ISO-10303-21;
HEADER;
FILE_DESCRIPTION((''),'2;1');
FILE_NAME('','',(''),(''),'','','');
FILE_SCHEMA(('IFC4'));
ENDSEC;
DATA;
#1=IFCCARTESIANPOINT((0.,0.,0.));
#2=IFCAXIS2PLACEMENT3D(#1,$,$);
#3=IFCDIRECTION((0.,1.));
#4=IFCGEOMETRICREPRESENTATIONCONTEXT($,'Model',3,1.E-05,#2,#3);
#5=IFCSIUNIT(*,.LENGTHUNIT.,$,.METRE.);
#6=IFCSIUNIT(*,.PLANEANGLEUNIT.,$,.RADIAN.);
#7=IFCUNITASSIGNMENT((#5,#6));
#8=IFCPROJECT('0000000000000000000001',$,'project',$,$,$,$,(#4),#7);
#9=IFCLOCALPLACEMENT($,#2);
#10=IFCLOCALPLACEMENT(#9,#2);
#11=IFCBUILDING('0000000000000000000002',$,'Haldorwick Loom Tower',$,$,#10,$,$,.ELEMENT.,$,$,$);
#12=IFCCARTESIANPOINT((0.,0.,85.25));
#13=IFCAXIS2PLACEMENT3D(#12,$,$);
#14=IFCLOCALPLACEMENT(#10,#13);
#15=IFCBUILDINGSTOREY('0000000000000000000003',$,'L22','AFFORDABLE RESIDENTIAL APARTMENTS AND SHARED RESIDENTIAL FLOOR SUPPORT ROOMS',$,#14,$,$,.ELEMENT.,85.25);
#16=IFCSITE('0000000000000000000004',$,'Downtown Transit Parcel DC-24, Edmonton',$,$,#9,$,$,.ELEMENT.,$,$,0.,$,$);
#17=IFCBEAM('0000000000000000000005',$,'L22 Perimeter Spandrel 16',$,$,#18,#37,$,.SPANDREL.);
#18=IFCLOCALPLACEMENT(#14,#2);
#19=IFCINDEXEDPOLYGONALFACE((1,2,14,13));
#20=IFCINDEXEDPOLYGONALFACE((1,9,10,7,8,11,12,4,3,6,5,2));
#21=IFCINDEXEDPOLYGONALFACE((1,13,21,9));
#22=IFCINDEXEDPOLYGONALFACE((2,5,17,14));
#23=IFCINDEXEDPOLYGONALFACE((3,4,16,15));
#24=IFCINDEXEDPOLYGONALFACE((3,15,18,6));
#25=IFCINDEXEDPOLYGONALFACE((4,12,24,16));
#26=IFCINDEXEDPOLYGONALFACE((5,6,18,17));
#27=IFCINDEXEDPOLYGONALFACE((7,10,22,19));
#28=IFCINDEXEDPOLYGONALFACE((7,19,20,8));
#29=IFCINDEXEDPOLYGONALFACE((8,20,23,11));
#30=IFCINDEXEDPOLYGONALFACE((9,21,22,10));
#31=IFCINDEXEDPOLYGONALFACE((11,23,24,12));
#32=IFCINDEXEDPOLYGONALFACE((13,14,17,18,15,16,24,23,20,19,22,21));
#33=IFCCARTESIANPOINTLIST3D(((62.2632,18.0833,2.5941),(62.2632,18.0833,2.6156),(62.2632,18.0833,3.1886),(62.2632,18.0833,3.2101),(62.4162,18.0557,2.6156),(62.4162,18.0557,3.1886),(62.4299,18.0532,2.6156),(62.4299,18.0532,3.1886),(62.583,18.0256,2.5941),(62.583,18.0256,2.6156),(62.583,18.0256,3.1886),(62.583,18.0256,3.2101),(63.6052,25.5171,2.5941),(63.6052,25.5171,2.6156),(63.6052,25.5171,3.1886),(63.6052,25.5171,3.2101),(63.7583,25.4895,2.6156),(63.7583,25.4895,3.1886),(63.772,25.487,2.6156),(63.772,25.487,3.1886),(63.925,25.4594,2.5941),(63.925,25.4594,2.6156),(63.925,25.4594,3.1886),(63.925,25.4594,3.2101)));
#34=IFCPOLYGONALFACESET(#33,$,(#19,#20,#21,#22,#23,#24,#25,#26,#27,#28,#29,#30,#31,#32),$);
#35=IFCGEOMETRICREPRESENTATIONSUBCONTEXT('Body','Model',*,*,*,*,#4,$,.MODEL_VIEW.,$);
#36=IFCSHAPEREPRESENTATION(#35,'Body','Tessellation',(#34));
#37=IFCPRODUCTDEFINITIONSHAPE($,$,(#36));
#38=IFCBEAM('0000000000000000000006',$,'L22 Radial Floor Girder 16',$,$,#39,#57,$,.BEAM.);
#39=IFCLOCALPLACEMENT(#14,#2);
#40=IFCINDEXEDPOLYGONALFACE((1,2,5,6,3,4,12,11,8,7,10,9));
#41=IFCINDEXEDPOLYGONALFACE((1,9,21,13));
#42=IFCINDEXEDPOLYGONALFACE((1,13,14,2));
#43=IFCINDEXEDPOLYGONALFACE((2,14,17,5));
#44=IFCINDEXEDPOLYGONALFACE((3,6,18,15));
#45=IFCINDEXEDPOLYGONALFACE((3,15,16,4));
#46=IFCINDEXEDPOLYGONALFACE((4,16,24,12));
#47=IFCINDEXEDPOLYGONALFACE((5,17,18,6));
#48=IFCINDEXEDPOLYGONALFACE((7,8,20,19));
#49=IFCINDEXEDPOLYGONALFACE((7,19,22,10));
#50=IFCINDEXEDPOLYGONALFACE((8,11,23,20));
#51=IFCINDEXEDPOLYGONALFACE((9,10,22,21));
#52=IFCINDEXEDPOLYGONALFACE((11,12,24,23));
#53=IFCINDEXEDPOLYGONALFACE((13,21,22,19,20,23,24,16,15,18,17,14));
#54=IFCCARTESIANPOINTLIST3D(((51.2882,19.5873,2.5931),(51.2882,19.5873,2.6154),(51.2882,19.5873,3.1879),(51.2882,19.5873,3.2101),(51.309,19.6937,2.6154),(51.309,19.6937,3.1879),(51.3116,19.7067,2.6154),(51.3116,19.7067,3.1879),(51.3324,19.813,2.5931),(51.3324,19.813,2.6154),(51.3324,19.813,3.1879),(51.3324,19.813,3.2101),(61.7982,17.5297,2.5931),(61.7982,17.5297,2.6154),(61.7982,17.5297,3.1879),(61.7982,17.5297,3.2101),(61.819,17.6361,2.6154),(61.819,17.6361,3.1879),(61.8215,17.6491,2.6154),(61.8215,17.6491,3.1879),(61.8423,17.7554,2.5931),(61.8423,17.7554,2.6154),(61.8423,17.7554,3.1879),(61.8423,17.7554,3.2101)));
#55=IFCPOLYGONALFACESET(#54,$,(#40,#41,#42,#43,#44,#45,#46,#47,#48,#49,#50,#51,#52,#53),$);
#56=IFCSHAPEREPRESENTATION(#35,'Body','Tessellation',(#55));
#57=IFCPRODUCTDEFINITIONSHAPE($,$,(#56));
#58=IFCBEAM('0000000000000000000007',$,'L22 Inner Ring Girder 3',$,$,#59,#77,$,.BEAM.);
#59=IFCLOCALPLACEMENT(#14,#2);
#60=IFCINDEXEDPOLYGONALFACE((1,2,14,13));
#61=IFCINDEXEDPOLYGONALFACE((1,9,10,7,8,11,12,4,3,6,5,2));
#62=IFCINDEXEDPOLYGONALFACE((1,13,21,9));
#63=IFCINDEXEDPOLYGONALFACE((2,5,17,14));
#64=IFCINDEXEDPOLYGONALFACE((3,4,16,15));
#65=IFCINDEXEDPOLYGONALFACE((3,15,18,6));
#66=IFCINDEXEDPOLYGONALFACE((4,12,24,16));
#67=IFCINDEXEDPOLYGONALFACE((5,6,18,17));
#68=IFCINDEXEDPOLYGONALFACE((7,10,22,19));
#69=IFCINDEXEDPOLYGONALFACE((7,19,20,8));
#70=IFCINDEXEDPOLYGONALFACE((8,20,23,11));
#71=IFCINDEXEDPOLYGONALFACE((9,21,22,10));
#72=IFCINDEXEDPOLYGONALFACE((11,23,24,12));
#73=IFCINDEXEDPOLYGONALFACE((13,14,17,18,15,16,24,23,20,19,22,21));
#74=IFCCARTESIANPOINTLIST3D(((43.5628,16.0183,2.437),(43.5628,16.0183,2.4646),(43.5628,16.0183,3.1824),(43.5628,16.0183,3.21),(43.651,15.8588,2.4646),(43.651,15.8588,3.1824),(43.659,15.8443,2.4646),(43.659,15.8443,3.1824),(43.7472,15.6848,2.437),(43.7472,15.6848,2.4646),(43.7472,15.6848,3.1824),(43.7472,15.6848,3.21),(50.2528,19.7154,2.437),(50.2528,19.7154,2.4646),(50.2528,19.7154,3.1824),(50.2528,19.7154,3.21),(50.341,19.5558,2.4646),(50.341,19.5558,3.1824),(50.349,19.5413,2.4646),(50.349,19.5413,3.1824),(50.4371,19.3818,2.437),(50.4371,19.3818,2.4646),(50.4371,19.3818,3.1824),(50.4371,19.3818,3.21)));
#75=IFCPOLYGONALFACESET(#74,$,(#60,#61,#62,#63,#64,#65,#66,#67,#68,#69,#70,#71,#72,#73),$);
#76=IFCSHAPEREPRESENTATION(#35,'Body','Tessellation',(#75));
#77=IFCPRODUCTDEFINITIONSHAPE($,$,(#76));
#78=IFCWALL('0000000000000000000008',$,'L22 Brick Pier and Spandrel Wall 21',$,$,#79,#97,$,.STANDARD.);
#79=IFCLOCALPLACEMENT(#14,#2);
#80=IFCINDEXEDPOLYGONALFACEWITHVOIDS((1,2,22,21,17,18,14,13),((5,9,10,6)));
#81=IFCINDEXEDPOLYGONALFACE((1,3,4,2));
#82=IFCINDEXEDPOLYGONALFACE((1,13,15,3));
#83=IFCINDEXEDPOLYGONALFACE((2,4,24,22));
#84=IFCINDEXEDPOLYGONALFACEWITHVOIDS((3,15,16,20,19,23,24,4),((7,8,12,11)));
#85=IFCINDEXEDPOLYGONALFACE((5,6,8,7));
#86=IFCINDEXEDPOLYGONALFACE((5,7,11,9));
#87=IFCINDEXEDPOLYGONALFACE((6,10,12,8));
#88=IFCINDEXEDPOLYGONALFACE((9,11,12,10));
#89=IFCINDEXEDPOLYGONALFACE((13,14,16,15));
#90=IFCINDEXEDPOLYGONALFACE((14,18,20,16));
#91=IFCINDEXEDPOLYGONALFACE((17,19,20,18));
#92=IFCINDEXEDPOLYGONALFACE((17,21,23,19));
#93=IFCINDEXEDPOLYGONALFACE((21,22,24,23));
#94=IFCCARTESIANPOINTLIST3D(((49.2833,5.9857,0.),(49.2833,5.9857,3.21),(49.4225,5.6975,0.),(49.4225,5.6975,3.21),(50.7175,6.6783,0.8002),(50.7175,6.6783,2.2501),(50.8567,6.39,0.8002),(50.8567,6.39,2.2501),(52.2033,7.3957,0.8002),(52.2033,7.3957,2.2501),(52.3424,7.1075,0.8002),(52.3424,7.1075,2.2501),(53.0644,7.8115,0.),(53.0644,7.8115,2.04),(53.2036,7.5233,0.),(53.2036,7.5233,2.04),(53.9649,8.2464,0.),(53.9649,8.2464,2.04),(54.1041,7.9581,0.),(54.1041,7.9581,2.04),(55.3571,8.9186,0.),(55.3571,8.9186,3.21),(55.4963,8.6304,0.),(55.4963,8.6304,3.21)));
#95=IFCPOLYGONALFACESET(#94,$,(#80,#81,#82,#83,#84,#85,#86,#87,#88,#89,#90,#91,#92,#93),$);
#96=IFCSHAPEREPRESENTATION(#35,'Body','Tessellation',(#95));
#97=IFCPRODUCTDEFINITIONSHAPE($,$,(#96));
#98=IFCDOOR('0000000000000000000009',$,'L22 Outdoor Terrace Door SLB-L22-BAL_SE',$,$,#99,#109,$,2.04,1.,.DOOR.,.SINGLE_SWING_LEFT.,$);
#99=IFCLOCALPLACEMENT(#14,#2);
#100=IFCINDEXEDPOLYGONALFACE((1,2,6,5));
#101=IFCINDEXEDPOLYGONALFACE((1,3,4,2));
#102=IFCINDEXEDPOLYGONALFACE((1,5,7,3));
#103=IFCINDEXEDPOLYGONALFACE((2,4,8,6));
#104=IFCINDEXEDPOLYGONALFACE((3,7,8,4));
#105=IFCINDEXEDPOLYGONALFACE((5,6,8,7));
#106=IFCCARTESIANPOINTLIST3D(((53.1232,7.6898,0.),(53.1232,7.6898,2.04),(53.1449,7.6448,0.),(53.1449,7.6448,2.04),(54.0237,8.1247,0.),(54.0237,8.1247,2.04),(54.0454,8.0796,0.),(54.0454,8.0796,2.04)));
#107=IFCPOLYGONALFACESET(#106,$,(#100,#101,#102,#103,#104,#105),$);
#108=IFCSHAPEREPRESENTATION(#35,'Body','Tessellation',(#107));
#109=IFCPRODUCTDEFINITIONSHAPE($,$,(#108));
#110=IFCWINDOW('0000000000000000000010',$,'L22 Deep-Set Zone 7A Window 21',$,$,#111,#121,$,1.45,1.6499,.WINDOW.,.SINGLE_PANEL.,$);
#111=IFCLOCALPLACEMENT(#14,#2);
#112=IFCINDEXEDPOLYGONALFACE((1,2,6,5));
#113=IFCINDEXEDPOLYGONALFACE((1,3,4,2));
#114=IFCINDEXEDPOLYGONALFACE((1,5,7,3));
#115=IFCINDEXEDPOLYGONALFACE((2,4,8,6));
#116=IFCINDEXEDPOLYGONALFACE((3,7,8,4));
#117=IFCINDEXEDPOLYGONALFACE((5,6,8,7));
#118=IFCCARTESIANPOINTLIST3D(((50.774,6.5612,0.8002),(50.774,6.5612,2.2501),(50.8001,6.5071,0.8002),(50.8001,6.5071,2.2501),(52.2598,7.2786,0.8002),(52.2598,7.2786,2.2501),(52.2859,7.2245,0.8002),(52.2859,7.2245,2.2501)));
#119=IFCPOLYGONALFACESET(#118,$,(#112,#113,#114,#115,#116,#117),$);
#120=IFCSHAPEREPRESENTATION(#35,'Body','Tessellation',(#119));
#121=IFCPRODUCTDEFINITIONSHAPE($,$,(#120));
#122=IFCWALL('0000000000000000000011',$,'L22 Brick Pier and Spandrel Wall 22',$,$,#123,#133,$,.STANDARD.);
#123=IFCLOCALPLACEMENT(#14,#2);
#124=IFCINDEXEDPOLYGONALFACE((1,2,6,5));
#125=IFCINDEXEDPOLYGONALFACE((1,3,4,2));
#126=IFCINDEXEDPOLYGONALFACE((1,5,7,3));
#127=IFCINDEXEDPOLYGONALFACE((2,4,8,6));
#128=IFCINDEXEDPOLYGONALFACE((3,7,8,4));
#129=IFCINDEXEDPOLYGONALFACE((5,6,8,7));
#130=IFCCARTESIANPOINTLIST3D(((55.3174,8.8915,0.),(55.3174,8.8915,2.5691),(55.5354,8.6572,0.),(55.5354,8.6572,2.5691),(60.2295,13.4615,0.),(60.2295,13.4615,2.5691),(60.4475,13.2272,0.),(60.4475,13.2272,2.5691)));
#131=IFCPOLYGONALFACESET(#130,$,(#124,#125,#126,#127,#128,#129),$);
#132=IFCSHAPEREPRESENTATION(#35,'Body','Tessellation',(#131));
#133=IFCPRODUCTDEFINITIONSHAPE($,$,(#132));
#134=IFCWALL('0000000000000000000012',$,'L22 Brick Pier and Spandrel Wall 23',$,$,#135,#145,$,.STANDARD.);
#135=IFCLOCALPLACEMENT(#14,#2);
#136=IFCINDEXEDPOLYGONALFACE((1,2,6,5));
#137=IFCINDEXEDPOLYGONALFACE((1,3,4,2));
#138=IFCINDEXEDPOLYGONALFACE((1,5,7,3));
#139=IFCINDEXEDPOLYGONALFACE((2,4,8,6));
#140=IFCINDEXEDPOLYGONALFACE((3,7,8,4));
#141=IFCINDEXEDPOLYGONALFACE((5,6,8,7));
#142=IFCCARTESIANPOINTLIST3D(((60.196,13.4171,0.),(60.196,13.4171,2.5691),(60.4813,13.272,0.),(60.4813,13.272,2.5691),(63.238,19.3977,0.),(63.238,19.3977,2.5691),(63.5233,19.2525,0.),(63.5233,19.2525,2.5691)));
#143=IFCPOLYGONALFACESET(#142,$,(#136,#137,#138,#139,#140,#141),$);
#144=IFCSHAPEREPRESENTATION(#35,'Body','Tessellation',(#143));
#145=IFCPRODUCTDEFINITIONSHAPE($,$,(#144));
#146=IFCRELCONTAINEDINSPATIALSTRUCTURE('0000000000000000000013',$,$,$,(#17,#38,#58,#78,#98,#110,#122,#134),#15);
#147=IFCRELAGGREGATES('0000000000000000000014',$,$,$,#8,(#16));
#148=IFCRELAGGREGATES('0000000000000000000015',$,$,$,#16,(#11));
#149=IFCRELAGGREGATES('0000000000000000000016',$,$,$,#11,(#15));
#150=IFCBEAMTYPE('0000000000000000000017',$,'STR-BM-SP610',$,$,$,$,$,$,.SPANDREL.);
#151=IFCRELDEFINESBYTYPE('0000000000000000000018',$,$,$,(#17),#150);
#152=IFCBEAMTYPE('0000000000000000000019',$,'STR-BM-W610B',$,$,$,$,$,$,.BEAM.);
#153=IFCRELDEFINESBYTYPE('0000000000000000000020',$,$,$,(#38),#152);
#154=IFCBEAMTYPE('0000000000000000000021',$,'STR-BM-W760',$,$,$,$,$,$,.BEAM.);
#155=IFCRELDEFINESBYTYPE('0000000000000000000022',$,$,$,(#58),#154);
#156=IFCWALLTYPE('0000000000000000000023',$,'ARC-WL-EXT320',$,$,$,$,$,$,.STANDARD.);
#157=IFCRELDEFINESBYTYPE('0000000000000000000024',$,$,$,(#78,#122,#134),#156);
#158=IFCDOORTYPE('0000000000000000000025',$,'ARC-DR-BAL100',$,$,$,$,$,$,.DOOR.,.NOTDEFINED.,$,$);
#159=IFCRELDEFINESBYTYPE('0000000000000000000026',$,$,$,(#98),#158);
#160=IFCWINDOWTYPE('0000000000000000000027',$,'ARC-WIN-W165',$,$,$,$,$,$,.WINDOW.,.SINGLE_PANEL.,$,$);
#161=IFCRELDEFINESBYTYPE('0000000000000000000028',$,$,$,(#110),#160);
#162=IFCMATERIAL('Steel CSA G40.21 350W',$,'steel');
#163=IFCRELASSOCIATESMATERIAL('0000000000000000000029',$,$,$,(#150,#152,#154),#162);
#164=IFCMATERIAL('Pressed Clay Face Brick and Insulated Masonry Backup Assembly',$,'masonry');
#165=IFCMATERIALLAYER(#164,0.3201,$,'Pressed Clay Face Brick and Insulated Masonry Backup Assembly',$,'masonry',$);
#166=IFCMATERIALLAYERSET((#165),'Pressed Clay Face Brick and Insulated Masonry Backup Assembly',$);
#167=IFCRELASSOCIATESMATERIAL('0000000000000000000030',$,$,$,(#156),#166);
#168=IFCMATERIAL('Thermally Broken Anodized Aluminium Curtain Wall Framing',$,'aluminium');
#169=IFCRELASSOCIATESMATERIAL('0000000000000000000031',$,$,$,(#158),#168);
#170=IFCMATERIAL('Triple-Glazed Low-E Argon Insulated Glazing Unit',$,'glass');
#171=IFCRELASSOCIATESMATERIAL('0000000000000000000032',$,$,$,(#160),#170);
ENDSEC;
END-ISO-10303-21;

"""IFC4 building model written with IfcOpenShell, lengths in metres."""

from ifc_helpers import new_model, si_unit, direction, frame, frame_2d, origin, origin_2d, place, context, subcontext, project, spatial, rectangle, i_section, extrude, material, layer, layer_set, material_profile, profile_set, type_object, element, fill, save


model = new_model("IFC4")

# Units and contexts
model_context = context("Model", 3, precision=1e-05, world=origin(), true_north=direction((0.0, 1.0)))
body_context = subcontext(model_context, "Body", "Model", "MODEL_VIEW")
ifc_project = project(units=[si_unit("LENGTHUNIT", "METRE"), si_unit("PLANEANGLEUNIT", "RADIAN")], contexts=[model_context])

# Site, building, storey
site_placement = place(None, origin())
site = spatial("IfcSite", under=ifc_project, at=site_placement, Name="Downtown Transit Parcel DC-24, Edmonton", CompositionType="ELEMENT", RefElevation=0.0)
building_placement = place(site_placement, origin())
building = spatial("IfcBuilding", under=site, at=building_placement, Name="Haldorwick Loom Tower", CompositionType="ELEMENT")
storey_placement = place(building_placement, frame((0.0, 0.0, 85.25)))
storey = spatial("IfcBuildingStorey", under=building, at=storey_placement, Name="L22", Description="AFFORDABLE RESIDENTIAL APARTMENTS AND SHARED RESIDENTIAL FLOOR SUPPORT ROOMS", CompositionType="ELEMENT", Elevation=85.25)

# Beams
ifc_material_1 = material(Name="Steel CSA G40.21 350W", Category="steel")
ifc_material_profile_1 = material_profile(ifc_material_1, i_section(OverallWidth=0.325, OverallDepth=0.616, WebThickness=0.0139, FlangeThickness=0.0215, at=origin_2d()), Name="W610X174", Category="steel")
ifc_profile_set_1 = profile_set([ifc_material_profile_1], Name="Steel CSA G40.21 350W")
beam_type_1 = type_object("IfcBeamType", Name="STR-BM-SP610", PredefinedType="SPANDREL", material=ifc_profile_set_1)
beam_1_placement = place(storey_placement, frame((62.4231, 18.0544, 2.9021), z_axis=(0.177659, 0.984092, 0.0), x_axis=(-0.984092, 0.177659, 0.0)))
element("IfcBeam", 1, at=beam_1_placement, inside=storey, type_object=beam_type_1, Name="L22 Perimeter Spandrel 16", PredefinedType="SPANDREL", context=body_context, shape_type="SweptSolid", body=[
    extrude(i_section(OverallWidth=0.325, OverallDepth=0.616, WebThickness=0.0139, FlangeThickness=0.0215, at=origin_2d()), origin(), (0.0, 0.0, 1.0), 7.554),
])
ifc_material_profile_2 = material_profile(ifc_material_1, i_section(OverallWidth=0.23, OverallDepth=0.6169, WebThickness=0.0132, FlangeThickness=0.0222, at=origin_2d()), Name="W610X140", Category="steel")
ifc_profile_set_2 = profile_set([ifc_material_profile_2], Name="Steel CSA G40.21 350W")
beam_type_2 = type_object("IfcBeamType", Name="STR-BM-W610B", PredefinedType="BEAM", material=ifc_profile_set_2)
beam_2_placement = place(storey_placement, frame((51.3103, 19.7002, 2.9016), z_axis=(0.98137, -0.192129, 0.0), x_axis=(0.192129, 0.98137, 0.0)))
element("IfcBeam", 2, at=beam_2_placement, inside=storey, type_object=beam_type_2, Name="L22 Radial Floor Girder 16", PredefinedType="BEAM", context=body_context, shape_type="SweptSolid", body=[
    extrude(i_section(OverallWidth=0.23, OverallDepth=0.6169, WebThickness=0.0132, FlangeThickness=0.0222, at=origin_2d()), origin(), (0.0, 0.0, 1.0), 10.7095),
])
ifc_material_profile_3 = material_profile(ifc_material_1, i_section(OverallWidth=0.3811, OverallDepth=0.7729, WebThickness=0.0166, FlangeThickness=0.0276, at=origin_2d()), Name="W760X257", Category="steel")
ifc_profile_set_3 = profile_set([ifc_material_profile_3], Name="Steel CSA G40.21 350W")
beam_type_3 = type_object("IfcBeamType", Name="STR-BM-W760", PredefinedType="BEAM", material=ifc_profile_set_3)
beam_3_placement = place(storey_placement, frame((50.345, 19.5486, 2.8235), z_axis=(-0.875244, -0.483681, 0.0), x_axis=(0.483681, -0.875244, 0.0)))
element("IfcBeam", 3, at=beam_3_placement, inside=storey, type_object=beam_type_3, Name="L22 Inner Ring Girder 3", PredefinedType="BEAM", context=body_context, shape_type="SweptSolid", body=[
    extrude(i_section(OverallWidth=0.3811, OverallDepth=0.7729, WebThickness=0.0166, FlangeThickness=0.0276, at=origin_2d()), origin(), (0.0, 0.0, 1.0), 7.6436),
])

# Wall, openings, door, window
ifc_material_2 = material(Name="Pressed Clay Face Brick and Insulated Masonry Backup Assembly", Category="masonry")
ifc_layer_1 = layer(ifc_material_2, 0.3201, Name="Pressed Clay Face Brick and Insulated Masonry Backup Assembly", Category="masonry")
ifc_layer_set_1 = layer_set([ifc_layer_1], Name="Pressed Clay Face Brick and Insulated Masonry Backup Assembly")
wall_type_1 = type_object("IfcWallType", Name="ARC-WL-EXT320", PredefinedType="STANDARD", material=ifc_layer_set_1)
wall_1_placement = place(storey_placement, frame((49.3528, 5.8416, 0.0), z_axis=(0.0, 0.0, 1.0), x_axis=(0.90051, 0.434835, 0.0)))
wall_1 = element("IfcWall", 4, at=wall_1_placement, inside=storey, type_object=wall_type_1, Name="L22 Brick Pier and Spandrel Wall 21", PredefinedType="STANDARD", context=body_context, shape_type="SweptSolid", body=[
    extrude(rectangle(XDim=6.7449, YDim=0.3201, at=frame_2d((3.3726, 0.0))), origin(), (0.0, 0.0, 1.0), 3.21),
])
opening_1_placement = place(wall_1_placement, frame((4.199, 0.0, 0.0)))
opening_1 = element("IfcOpeningElement", 5, at=opening_1_placement, cuts=wall_1, PredefinedType="OPENING", context=body_context, shape_type="SweptSolid", body=[
    extrude(rectangle(XDim=1.0, YDim=2.04, at=frame_2d((0.5, 1.02))), frame((0.0, 0.1699, 0.0), z_axis=(0.0, -1.0, 0.0), x_axis=(1.0, 0.0, 0.0)), (0.0, 0.0, 1.0), 0.3401),
])
opening_2_placement = place(wall_1_placement, frame((1.5928, 0.0, 0.8)))
opening_2 = element("IfcOpeningElement", 6, at=opening_2_placement, cuts=wall_1, PredefinedType="OPENING", context=body_context, shape_type="SweptSolid", body=[
    extrude(rectangle(XDim=1.6499, YDim=1.45, at=frame_2d((0.825, 0.7251))), frame((0.0, 0.1699, 0.0), z_axis=(0.0, -1.0, 0.0), x_axis=(1.0, 0.0, 0.0)), (0.0, 0.0, 1.0), 0.3401),
])
ifc_material_3 = material(Name="Thermally Broken Anodized Aluminium Curtain Wall Framing", Category="aluminium")
door_type_1 = type_object("IfcDoorType", Name="ARC-DR-BAL100", OperationType="NOTDEFINED", PredefinedType="DOOR", material=ifc_material_3)
door_1_placement = place(opening_1_placement, origin())
door_1 = element("IfcDoor", 7, at=door_1_placement, inside=storey, type_object=door_type_1, Name="L22 Outdoor Terrace Door SLB-L22-BAL_SE", OperationType="SINGLE_SWING_LEFT", OverallHeight=2.04, OverallWidth=1.0, PredefinedType="DOOR", context=body_context, shape_type="SweptSolid", body=[
    extrude(rectangle(XDim=1.0, YDim=2.04, at=frame_2d((0.5, 1.02))), frame((0.0, 0.0249, 0.0), z_axis=(0.0, -1.0, 0.0), x_axis=(1.0, 0.0, 0.0)), (0.0, 0.0, 1.0), 0.05),
])
fill(opening_1, door_1)
ifc_material_4 = material(Name="Triple-Glazed Low-E Argon Insulated Glazing Unit", Category="glass")
window_type = type_object("IfcWindowType", Name="ARC-WIN-W165", PartitioningType="SINGLE_PANEL", PredefinedType="WINDOW", material=ifc_material_4)
window_1_placement = place(opening_2_placement, origin())
window_1 = element("IfcWindow", 8, at=window_1_placement, inside=storey, type_object=window_type, Name="L22 Deep-Set Zone 7A Window 21", OverallHeight=1.45, OverallWidth=1.6499, PartitioningType="SINGLE_PANEL", PredefinedType="WINDOW", context=body_context, shape_type="SweptSolid", body=[
    extrude(rectangle(XDim=1.6499, YDim=1.45, at=frame_2d((0.825, 0.7251))), frame((0.0, 0.03, 0.0), z_axis=(0.0, -1.0, 0.0), x_axis=(1.0, 0.0, 0.0)), (0.0, 0.0, 1.0), 0.0601),
])
fill(opening_2, window_1)

# Walls
wall_2_placement = place(storey_placement, frame((55.4265, 8.7744, 0.0), z_axis=(0.0, 0.0, 1.0), x_axis=(0.732137, 0.681157, 0.0)))
element("IfcWall", 9, at=wall_2_placement, inside=storey, type_object=wall_type_1, Name="L22 Brick Pier and Spandrel Wall 22", PredefinedType="STANDARD", context=body_context, shape_type="SweptSolid", body=[
    extrude(rectangle(XDim=6.7092, YDim=0.3201, at=frame_2d((3.3545, 0.0))), origin(), (0.0, 0.0, 1.0), 2.5691),
])
wall_3_placement = place(storey_placement, frame((60.3386, 13.3445, 0.0), z_axis=(0.0, 0.0, 1.0), x_axis=(0.453374, 0.89132, 0.0)))
element("IfcWall", 10, at=wall_3_placement, inside=storey, type_object=wall_type_1, Name="L22 Brick Pier and Spandrel Wall 23", PredefinedType="STANDARD", context=body_context, shape_type="SweptSolid", body=[
    extrude(rectangle(XDim=6.7097, YDim=0.3201, at=frame_2d((3.355, 0.0))), origin(), (0.0, 0.0, 1.0), 2.5691),
])

save(model, "model.ifc")
